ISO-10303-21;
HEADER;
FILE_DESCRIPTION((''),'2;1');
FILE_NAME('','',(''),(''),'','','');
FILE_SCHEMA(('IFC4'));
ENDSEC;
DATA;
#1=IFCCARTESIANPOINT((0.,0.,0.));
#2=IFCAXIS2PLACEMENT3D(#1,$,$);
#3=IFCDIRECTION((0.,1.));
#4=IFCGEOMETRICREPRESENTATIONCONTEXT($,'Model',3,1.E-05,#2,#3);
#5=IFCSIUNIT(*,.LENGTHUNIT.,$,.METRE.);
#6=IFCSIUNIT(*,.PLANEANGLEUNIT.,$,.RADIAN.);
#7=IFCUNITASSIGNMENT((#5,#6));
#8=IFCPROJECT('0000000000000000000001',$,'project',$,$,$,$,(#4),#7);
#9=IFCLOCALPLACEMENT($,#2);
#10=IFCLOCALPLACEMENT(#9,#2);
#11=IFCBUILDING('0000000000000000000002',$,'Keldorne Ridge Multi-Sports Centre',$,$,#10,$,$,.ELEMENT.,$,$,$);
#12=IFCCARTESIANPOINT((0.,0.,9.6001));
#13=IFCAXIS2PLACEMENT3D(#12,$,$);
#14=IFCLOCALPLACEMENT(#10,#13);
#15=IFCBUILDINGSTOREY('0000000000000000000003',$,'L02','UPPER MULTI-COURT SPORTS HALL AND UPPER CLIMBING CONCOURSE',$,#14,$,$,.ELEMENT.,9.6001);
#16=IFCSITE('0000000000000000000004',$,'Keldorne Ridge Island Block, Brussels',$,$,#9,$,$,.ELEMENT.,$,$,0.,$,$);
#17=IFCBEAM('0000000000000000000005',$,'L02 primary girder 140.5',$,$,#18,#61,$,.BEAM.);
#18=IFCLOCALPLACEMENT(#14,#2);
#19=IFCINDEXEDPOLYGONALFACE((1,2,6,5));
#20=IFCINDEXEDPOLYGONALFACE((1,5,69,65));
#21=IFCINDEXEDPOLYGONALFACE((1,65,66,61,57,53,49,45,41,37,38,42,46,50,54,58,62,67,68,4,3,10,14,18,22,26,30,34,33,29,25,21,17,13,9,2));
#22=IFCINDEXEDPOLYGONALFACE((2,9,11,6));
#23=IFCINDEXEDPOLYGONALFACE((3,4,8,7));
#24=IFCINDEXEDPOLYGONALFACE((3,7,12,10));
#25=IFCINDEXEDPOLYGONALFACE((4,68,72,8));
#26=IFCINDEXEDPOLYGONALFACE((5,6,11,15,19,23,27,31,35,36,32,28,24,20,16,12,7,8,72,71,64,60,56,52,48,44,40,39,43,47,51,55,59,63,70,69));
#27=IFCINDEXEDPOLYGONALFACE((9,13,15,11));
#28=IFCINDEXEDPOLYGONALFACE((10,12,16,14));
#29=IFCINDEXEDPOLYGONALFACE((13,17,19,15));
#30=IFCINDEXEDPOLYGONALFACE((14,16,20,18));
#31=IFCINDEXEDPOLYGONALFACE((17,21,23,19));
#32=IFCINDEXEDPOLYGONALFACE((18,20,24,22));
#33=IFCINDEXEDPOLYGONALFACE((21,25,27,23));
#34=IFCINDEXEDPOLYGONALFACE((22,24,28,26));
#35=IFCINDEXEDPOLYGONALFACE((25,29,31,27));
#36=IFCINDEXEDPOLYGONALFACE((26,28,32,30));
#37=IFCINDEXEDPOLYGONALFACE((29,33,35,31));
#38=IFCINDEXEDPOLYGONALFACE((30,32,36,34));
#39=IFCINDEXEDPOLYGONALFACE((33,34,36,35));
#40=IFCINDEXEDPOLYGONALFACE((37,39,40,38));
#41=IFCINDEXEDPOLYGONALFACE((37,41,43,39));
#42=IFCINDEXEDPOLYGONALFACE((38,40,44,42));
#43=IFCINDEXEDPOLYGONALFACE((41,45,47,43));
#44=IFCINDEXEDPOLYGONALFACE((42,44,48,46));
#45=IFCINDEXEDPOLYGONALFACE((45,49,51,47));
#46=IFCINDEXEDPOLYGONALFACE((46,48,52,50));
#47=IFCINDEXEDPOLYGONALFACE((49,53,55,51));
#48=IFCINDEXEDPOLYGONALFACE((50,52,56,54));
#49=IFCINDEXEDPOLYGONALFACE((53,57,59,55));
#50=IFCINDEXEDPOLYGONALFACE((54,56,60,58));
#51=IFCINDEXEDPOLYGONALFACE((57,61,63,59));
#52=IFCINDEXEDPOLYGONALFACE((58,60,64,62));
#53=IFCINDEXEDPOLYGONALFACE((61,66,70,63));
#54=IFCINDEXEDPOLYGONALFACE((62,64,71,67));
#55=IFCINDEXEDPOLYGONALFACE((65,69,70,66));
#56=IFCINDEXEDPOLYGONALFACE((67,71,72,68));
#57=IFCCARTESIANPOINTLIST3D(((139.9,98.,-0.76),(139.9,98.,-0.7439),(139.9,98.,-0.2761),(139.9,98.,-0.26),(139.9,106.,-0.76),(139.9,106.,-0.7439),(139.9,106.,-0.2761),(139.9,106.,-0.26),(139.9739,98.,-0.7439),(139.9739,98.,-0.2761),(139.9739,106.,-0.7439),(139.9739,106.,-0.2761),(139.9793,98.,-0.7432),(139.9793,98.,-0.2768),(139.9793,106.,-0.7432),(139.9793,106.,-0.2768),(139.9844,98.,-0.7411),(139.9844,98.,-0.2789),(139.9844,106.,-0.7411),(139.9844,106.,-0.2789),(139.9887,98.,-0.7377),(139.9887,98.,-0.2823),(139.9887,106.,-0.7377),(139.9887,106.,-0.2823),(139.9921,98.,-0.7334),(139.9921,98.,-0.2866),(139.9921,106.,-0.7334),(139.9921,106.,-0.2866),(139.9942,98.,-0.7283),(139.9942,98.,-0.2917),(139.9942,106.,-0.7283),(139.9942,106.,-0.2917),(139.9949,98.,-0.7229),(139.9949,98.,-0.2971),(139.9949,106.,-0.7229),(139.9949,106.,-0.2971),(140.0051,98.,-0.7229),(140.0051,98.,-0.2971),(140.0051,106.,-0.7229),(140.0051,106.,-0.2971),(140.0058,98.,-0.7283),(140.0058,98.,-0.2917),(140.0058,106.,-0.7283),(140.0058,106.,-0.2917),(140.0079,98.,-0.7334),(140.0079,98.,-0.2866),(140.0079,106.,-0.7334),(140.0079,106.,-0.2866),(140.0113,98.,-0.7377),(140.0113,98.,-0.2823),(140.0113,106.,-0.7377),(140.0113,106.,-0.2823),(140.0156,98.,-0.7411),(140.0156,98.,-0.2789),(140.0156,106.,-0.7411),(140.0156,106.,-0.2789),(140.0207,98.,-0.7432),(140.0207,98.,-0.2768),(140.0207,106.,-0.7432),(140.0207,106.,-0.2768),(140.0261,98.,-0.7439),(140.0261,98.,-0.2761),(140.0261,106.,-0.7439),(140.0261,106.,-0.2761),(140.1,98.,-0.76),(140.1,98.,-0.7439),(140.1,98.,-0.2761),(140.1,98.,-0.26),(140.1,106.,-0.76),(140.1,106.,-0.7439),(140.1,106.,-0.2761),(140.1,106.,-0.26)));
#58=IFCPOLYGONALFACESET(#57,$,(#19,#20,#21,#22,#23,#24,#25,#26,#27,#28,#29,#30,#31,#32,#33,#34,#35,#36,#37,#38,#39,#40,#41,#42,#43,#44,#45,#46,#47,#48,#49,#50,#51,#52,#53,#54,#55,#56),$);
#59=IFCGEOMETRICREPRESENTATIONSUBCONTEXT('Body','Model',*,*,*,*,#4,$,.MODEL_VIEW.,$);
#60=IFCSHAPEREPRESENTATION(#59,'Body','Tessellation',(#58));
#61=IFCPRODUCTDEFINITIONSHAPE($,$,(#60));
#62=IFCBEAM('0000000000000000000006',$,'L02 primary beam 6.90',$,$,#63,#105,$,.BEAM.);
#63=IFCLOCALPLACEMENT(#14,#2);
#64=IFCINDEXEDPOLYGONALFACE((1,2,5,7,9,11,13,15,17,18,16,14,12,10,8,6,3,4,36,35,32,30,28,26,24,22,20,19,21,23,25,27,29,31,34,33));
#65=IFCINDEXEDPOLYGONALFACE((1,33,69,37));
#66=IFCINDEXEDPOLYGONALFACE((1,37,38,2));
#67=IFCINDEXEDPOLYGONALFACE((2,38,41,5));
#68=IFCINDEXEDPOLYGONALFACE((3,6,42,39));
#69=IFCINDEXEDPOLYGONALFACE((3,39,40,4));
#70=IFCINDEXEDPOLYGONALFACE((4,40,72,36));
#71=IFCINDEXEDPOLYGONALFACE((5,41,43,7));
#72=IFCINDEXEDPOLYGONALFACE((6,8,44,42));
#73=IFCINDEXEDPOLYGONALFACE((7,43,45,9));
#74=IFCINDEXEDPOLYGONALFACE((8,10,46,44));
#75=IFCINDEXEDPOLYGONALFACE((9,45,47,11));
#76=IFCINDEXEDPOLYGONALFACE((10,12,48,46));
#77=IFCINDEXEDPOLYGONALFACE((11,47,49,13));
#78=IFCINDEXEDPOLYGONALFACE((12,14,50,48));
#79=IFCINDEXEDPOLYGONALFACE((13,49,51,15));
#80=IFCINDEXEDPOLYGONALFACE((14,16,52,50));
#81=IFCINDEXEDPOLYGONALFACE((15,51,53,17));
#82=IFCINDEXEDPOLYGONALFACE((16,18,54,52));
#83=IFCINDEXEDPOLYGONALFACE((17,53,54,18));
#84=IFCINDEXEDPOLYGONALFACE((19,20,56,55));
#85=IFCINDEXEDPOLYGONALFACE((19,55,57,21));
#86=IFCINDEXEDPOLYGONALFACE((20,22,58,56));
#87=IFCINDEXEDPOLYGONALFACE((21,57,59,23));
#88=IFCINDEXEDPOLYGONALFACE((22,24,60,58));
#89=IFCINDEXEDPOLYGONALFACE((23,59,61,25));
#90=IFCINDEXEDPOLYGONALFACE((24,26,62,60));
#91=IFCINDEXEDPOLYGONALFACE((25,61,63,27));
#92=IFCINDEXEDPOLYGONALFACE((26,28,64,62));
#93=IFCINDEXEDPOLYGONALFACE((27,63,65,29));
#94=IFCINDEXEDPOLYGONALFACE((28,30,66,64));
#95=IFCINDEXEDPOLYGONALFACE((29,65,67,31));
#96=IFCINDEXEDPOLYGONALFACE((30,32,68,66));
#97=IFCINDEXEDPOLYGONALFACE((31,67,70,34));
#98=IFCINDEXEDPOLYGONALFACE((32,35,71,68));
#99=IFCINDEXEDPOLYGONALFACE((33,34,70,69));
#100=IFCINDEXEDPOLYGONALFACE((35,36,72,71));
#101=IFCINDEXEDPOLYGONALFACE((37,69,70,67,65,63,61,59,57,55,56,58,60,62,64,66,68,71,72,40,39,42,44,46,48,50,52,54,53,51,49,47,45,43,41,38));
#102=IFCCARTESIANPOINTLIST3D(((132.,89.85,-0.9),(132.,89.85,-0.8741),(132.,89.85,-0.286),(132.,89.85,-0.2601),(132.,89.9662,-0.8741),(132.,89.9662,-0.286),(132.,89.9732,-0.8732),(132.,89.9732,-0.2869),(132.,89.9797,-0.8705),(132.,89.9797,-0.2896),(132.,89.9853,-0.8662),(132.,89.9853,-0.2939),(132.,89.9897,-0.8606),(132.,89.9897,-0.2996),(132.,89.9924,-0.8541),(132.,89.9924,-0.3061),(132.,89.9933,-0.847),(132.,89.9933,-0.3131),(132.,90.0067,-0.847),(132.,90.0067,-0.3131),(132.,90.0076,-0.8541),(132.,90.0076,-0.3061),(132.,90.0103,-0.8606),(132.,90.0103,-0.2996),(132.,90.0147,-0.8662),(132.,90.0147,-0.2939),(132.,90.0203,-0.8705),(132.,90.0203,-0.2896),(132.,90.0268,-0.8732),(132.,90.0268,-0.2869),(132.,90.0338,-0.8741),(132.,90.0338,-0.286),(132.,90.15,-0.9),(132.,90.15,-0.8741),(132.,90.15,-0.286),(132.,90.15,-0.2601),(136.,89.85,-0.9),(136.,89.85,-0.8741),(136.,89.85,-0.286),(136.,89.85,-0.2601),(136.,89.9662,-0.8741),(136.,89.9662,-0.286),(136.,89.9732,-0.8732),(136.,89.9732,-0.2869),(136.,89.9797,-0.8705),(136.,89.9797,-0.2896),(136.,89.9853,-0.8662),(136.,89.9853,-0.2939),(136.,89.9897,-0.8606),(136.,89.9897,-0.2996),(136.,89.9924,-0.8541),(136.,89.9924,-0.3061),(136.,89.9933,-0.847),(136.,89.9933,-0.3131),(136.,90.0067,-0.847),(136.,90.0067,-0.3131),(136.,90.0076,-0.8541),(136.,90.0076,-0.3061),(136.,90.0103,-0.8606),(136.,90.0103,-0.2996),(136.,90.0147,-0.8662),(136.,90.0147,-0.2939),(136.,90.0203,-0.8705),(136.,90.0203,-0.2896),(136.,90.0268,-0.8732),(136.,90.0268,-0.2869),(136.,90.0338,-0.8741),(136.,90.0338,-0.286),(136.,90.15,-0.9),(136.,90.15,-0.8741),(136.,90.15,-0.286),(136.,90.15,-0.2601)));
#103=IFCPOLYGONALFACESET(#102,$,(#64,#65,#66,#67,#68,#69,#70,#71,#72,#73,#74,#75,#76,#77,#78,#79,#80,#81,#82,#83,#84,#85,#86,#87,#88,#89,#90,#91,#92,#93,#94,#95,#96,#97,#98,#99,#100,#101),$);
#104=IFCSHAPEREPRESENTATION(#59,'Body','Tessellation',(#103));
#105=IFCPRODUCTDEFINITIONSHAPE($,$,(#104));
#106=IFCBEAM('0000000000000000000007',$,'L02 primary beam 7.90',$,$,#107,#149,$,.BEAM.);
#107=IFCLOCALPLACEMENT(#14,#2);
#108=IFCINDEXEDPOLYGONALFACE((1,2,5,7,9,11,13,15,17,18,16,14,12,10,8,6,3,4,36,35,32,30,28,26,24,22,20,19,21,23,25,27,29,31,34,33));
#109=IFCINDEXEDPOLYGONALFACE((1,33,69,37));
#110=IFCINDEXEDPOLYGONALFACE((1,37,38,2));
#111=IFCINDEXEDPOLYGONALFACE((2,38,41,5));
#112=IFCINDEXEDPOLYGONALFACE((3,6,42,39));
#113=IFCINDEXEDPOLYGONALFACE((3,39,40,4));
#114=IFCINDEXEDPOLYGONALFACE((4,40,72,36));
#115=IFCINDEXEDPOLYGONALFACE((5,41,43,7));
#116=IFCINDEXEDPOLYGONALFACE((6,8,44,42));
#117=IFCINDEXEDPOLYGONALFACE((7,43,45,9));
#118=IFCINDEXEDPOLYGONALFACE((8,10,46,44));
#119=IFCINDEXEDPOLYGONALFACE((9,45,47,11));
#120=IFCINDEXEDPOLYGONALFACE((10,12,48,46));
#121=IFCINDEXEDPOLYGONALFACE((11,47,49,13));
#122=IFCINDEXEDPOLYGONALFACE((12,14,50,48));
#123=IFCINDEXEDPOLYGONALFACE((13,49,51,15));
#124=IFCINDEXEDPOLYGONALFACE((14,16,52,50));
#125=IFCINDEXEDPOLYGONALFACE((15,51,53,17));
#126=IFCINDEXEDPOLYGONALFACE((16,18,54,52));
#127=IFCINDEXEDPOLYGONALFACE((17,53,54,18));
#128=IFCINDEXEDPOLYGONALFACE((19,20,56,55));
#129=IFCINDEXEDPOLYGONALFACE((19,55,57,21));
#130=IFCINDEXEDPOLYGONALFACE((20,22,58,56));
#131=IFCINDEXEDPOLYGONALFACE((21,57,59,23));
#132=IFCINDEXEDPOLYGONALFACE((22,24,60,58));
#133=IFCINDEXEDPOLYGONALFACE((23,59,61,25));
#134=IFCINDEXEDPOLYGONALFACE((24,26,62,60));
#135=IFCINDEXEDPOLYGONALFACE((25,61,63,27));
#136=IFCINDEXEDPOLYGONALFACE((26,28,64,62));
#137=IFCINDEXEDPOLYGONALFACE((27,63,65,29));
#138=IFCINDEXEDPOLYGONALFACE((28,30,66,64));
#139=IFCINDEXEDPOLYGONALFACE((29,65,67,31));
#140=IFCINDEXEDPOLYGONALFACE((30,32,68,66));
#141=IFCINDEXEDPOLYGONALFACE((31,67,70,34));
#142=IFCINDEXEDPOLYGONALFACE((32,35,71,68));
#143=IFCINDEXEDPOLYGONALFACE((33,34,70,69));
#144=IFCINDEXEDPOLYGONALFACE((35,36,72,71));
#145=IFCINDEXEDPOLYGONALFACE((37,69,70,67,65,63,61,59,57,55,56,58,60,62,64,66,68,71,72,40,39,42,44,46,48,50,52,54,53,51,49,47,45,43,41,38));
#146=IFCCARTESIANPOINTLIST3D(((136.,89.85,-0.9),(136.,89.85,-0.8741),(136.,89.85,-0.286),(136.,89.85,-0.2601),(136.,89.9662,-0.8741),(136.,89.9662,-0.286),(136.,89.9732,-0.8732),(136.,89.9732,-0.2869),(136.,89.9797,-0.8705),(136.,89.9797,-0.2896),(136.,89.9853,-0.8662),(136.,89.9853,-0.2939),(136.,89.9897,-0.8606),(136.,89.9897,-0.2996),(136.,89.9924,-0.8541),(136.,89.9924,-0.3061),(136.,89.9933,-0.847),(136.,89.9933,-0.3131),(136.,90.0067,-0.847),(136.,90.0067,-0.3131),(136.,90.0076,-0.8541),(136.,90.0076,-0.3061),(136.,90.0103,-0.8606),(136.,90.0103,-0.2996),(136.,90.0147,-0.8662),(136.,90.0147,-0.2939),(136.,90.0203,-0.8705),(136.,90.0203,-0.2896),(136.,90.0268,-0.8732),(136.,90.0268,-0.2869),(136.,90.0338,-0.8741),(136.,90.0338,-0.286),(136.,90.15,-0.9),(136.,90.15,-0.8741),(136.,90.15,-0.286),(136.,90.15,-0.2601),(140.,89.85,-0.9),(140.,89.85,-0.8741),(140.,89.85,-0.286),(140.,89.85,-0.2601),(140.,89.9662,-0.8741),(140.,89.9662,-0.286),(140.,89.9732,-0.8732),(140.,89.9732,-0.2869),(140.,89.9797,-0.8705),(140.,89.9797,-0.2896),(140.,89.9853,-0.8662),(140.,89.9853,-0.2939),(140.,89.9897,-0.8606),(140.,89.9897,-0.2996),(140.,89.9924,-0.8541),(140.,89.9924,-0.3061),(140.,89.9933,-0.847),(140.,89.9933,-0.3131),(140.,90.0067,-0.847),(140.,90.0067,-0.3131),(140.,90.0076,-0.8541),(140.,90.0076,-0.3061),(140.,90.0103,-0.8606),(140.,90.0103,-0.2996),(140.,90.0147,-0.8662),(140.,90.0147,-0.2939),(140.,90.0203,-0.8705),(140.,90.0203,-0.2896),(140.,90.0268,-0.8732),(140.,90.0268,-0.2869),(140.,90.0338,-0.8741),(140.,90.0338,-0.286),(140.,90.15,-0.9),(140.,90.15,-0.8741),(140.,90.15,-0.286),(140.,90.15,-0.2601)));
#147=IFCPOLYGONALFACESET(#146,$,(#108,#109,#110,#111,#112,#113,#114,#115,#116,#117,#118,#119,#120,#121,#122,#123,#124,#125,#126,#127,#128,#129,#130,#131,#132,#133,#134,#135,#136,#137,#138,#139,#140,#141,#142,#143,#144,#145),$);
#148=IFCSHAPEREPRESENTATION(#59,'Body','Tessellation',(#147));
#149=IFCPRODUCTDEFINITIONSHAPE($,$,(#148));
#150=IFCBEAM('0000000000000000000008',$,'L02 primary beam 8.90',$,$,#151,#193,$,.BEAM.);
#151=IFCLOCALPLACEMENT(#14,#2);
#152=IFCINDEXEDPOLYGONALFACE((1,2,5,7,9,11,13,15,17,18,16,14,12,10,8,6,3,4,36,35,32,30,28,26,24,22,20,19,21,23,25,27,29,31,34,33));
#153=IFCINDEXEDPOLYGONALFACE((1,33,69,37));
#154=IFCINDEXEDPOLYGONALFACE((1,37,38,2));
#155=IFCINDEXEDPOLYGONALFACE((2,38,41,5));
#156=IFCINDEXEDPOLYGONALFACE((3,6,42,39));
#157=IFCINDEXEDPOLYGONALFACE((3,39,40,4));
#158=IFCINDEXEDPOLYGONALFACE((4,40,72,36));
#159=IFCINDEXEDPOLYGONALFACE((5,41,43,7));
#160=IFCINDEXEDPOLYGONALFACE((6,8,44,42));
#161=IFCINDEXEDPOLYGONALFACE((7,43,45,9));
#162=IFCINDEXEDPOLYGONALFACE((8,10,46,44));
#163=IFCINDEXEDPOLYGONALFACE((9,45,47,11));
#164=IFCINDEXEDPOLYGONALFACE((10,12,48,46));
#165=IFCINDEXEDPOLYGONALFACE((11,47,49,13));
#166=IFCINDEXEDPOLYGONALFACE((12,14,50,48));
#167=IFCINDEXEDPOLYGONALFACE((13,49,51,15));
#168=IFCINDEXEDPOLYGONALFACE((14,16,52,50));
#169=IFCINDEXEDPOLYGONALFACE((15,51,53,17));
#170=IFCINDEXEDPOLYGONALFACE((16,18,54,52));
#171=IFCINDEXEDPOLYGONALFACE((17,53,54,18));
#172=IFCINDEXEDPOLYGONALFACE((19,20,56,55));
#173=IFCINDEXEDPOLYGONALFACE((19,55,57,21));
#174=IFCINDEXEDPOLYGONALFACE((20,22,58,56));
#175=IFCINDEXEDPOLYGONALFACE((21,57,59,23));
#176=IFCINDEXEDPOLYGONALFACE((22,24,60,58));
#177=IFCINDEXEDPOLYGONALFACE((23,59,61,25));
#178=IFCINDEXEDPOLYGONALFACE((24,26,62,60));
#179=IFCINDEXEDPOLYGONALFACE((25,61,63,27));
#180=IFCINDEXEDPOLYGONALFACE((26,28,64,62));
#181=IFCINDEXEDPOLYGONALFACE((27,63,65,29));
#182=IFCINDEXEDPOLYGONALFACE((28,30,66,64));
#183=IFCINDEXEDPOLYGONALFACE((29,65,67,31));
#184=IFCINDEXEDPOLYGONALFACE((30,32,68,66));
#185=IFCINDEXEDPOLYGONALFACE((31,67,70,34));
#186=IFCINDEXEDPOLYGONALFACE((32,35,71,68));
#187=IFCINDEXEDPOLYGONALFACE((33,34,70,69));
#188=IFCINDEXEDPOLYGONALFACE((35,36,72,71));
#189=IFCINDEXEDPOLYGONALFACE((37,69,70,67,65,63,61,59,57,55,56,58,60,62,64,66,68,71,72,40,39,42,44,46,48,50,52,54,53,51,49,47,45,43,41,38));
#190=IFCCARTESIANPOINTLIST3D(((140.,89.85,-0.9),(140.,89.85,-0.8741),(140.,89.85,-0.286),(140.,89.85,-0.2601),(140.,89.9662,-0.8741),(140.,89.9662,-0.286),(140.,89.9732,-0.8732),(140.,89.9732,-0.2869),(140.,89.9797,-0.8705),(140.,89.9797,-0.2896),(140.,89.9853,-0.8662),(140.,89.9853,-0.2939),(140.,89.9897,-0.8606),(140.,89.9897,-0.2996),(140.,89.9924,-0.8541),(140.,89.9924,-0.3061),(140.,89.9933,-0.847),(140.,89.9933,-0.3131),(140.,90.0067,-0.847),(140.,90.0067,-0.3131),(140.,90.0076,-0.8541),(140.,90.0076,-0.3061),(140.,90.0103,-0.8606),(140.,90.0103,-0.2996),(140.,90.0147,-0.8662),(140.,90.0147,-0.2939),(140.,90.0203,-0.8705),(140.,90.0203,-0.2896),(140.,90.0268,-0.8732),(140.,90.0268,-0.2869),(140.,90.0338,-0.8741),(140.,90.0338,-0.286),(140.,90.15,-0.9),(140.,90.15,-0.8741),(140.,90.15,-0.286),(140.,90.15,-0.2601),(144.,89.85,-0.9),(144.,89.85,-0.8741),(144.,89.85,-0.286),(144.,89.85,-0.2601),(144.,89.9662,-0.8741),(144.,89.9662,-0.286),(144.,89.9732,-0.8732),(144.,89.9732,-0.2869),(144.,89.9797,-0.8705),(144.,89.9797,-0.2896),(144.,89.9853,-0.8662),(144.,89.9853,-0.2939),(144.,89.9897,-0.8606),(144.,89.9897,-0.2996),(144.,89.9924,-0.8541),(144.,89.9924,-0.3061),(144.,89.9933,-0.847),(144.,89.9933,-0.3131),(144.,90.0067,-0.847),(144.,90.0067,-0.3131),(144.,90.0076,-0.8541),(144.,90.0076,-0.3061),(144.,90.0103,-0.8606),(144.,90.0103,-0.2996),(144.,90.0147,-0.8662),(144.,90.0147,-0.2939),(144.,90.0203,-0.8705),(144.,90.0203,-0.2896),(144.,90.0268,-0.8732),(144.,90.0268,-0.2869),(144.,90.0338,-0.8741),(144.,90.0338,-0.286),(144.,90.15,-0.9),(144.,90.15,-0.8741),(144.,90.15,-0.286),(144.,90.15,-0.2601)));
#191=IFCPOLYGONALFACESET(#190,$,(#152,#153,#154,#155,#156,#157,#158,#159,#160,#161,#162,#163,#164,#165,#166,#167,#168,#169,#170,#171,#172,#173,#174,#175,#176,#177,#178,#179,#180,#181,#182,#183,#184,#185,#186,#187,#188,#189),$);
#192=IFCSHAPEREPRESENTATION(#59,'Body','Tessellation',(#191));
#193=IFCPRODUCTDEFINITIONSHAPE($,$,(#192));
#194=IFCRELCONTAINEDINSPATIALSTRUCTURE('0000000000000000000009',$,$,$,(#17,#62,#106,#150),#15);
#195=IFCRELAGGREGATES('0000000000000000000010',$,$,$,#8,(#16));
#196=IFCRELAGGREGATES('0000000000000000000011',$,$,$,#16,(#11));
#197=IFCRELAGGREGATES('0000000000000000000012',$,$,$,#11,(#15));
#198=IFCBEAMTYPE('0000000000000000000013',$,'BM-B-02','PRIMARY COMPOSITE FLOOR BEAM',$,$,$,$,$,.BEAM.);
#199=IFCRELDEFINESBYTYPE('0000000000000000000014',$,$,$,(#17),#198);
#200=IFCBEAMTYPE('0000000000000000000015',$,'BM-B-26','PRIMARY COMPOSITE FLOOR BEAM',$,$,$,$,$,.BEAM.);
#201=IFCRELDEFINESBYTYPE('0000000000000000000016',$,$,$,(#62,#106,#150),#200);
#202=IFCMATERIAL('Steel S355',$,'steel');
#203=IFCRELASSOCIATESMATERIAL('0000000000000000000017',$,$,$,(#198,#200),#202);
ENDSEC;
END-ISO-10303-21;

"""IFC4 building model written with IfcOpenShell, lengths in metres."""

from ifc_helpers import new_model, si_unit, direction, frame, origin, origin_2d, place, context, subcontext, project, spatial, i_section, extrude, material, material_profile, profile_set, type_object, element, save


model = new_model("IFC4")

# Units and contexts
model_context = context("Model", 3, precision=1e-05, world=origin(), true_north=direction((0.0, 1.0)))
body_context = subcontext(model_context, "Body", "Model", "MODEL_VIEW")
ifc_project = project(units=[si_unit("LENGTHUNIT", "METRE"), si_unit("PLANEANGLEUNIT", "RADIAN")], contexts=[model_context])

# Site, building, storey
site_placement = place(None, origin())
site = spatial("IfcSite", under=ifc_project, at=site_placement, Name="Keldorne Ridge Island Block, Brussels", CompositionType="ELEMENT", RefElevation=0.0)
building_placement = place(site_placement, origin())
building = spatial("IfcBuilding", under=site, at=building_placement, Name="Keldorne Ridge Multi-Sports Centre", CompositionType="ELEMENT")
storey_placement = place(building_placement, frame((0.0, 0.0, 9.6001)))
storey = spatial("IfcBuildingStorey", under=building, at=storey_placement, Name="L02", Description="UPPER MULTI-COURT SPORTS HALL AND UPPER CLIMBING CONCOURSE", CompositionType="ELEMENT", Elevation=9.6001)

# Shared definitions
ifc_material_1 = material(Name="Steel S355", Category="steel")

# Beams
ifc_material_profile_1 = material_profile(ifc_material_1, i_section(OverallWidth=0.2, OverallDepth=0.5, WebThickness=0.0103, FlangeThickness=0.0161, FilletRadius=0.021, at=origin_2d()), Name="IPE 500")
ifc_profile_set_1 = profile_set([ifc_material_profile_1], Name="Steel S355")
beam_type_1 = type_object("IfcBeamType", Name="BM-B-02", Description="PRIMARY COMPOSITE FLOOR BEAM", PredefinedType="BEAM", material=ifc_profile_set_1)
for number, where, z_axis, x_axis, name in (
    (1, (140.0, 98.0, -0.51), (0.0, 1.0, 0.0), (-1.0, 0.0, 0.0), "L02 primary girder 140.5"),
):
    element("IfcBeam", number, at=place(storey_placement, frame(where, z_axis=z_axis, x_axis=x_axis)), inside=storey, type_object=beam_type_1, Name=name, PredefinedType="BEAM", context=body_context, shape_type="SweptSolid", body=[
        extrude(i_section(OverallWidth=0.2, OverallDepth=0.5, WebThickness=0.0103, FlangeThickness=0.0161, FilletRadius=0.021, at=origin_2d()), origin(), (0.0, 0.0, 1.0), 8.0),
    ])
ifc_material_profile_2 = material_profile(ifc_material_1, i_section(OverallWidth=0.3, OverallDepth=0.6399, WebThickness=0.0134, FlangeThickness=0.0259, FilletRadius=0.0271, at=origin_2d()), Name="HEA 650")
ifc_profile_set_2 = profile_set([ifc_material_profile_2], Name="Steel S355")
beam_type_2 = type_object("IfcBeamType", Name="BM-B-26", Description="PRIMARY COMPOSITE FLOOR BEAM", PredefinedType="BEAM", material=ifc_profile_set_2)
for number, where, z_axis, x_axis, name in (
    (2, (132.0, 90.0, -0.5801), (1.0, 0.0, 0.0), (0.0, 1.0, 0.0), "L02 primary beam 6.90"),
    (3, (136.0, 90.0, -0.5801), (1.0, 0.0, 0.0), (0.0, 1.0, 0.0), "L02 primary beam 7.90"),
    (4, (140.0, 90.0, -0.5801), (1.0, 0.0, 0.0), (0.0, 1.0, 0.0), "L02 primary beam 8.90"),
):
    element("IfcBeam", number, at=place(storey_placement, frame(where, z_axis=z_axis, x_axis=x_axis)), inside=storey, type_object=beam_type_2, Name=name, PredefinedType="BEAM", context=body_context, shape_type="SweptSolid", body=[
        extrude(i_section(OverallWidth=0.3, OverallDepth=0.6399, WebThickness=0.0134, FlangeThickness=0.0259, FilletRadius=0.0271, at=origin_2d()), origin(), (0.0, 0.0, 1.0), 4.0),
    ])

save(model, "model.ifc")
